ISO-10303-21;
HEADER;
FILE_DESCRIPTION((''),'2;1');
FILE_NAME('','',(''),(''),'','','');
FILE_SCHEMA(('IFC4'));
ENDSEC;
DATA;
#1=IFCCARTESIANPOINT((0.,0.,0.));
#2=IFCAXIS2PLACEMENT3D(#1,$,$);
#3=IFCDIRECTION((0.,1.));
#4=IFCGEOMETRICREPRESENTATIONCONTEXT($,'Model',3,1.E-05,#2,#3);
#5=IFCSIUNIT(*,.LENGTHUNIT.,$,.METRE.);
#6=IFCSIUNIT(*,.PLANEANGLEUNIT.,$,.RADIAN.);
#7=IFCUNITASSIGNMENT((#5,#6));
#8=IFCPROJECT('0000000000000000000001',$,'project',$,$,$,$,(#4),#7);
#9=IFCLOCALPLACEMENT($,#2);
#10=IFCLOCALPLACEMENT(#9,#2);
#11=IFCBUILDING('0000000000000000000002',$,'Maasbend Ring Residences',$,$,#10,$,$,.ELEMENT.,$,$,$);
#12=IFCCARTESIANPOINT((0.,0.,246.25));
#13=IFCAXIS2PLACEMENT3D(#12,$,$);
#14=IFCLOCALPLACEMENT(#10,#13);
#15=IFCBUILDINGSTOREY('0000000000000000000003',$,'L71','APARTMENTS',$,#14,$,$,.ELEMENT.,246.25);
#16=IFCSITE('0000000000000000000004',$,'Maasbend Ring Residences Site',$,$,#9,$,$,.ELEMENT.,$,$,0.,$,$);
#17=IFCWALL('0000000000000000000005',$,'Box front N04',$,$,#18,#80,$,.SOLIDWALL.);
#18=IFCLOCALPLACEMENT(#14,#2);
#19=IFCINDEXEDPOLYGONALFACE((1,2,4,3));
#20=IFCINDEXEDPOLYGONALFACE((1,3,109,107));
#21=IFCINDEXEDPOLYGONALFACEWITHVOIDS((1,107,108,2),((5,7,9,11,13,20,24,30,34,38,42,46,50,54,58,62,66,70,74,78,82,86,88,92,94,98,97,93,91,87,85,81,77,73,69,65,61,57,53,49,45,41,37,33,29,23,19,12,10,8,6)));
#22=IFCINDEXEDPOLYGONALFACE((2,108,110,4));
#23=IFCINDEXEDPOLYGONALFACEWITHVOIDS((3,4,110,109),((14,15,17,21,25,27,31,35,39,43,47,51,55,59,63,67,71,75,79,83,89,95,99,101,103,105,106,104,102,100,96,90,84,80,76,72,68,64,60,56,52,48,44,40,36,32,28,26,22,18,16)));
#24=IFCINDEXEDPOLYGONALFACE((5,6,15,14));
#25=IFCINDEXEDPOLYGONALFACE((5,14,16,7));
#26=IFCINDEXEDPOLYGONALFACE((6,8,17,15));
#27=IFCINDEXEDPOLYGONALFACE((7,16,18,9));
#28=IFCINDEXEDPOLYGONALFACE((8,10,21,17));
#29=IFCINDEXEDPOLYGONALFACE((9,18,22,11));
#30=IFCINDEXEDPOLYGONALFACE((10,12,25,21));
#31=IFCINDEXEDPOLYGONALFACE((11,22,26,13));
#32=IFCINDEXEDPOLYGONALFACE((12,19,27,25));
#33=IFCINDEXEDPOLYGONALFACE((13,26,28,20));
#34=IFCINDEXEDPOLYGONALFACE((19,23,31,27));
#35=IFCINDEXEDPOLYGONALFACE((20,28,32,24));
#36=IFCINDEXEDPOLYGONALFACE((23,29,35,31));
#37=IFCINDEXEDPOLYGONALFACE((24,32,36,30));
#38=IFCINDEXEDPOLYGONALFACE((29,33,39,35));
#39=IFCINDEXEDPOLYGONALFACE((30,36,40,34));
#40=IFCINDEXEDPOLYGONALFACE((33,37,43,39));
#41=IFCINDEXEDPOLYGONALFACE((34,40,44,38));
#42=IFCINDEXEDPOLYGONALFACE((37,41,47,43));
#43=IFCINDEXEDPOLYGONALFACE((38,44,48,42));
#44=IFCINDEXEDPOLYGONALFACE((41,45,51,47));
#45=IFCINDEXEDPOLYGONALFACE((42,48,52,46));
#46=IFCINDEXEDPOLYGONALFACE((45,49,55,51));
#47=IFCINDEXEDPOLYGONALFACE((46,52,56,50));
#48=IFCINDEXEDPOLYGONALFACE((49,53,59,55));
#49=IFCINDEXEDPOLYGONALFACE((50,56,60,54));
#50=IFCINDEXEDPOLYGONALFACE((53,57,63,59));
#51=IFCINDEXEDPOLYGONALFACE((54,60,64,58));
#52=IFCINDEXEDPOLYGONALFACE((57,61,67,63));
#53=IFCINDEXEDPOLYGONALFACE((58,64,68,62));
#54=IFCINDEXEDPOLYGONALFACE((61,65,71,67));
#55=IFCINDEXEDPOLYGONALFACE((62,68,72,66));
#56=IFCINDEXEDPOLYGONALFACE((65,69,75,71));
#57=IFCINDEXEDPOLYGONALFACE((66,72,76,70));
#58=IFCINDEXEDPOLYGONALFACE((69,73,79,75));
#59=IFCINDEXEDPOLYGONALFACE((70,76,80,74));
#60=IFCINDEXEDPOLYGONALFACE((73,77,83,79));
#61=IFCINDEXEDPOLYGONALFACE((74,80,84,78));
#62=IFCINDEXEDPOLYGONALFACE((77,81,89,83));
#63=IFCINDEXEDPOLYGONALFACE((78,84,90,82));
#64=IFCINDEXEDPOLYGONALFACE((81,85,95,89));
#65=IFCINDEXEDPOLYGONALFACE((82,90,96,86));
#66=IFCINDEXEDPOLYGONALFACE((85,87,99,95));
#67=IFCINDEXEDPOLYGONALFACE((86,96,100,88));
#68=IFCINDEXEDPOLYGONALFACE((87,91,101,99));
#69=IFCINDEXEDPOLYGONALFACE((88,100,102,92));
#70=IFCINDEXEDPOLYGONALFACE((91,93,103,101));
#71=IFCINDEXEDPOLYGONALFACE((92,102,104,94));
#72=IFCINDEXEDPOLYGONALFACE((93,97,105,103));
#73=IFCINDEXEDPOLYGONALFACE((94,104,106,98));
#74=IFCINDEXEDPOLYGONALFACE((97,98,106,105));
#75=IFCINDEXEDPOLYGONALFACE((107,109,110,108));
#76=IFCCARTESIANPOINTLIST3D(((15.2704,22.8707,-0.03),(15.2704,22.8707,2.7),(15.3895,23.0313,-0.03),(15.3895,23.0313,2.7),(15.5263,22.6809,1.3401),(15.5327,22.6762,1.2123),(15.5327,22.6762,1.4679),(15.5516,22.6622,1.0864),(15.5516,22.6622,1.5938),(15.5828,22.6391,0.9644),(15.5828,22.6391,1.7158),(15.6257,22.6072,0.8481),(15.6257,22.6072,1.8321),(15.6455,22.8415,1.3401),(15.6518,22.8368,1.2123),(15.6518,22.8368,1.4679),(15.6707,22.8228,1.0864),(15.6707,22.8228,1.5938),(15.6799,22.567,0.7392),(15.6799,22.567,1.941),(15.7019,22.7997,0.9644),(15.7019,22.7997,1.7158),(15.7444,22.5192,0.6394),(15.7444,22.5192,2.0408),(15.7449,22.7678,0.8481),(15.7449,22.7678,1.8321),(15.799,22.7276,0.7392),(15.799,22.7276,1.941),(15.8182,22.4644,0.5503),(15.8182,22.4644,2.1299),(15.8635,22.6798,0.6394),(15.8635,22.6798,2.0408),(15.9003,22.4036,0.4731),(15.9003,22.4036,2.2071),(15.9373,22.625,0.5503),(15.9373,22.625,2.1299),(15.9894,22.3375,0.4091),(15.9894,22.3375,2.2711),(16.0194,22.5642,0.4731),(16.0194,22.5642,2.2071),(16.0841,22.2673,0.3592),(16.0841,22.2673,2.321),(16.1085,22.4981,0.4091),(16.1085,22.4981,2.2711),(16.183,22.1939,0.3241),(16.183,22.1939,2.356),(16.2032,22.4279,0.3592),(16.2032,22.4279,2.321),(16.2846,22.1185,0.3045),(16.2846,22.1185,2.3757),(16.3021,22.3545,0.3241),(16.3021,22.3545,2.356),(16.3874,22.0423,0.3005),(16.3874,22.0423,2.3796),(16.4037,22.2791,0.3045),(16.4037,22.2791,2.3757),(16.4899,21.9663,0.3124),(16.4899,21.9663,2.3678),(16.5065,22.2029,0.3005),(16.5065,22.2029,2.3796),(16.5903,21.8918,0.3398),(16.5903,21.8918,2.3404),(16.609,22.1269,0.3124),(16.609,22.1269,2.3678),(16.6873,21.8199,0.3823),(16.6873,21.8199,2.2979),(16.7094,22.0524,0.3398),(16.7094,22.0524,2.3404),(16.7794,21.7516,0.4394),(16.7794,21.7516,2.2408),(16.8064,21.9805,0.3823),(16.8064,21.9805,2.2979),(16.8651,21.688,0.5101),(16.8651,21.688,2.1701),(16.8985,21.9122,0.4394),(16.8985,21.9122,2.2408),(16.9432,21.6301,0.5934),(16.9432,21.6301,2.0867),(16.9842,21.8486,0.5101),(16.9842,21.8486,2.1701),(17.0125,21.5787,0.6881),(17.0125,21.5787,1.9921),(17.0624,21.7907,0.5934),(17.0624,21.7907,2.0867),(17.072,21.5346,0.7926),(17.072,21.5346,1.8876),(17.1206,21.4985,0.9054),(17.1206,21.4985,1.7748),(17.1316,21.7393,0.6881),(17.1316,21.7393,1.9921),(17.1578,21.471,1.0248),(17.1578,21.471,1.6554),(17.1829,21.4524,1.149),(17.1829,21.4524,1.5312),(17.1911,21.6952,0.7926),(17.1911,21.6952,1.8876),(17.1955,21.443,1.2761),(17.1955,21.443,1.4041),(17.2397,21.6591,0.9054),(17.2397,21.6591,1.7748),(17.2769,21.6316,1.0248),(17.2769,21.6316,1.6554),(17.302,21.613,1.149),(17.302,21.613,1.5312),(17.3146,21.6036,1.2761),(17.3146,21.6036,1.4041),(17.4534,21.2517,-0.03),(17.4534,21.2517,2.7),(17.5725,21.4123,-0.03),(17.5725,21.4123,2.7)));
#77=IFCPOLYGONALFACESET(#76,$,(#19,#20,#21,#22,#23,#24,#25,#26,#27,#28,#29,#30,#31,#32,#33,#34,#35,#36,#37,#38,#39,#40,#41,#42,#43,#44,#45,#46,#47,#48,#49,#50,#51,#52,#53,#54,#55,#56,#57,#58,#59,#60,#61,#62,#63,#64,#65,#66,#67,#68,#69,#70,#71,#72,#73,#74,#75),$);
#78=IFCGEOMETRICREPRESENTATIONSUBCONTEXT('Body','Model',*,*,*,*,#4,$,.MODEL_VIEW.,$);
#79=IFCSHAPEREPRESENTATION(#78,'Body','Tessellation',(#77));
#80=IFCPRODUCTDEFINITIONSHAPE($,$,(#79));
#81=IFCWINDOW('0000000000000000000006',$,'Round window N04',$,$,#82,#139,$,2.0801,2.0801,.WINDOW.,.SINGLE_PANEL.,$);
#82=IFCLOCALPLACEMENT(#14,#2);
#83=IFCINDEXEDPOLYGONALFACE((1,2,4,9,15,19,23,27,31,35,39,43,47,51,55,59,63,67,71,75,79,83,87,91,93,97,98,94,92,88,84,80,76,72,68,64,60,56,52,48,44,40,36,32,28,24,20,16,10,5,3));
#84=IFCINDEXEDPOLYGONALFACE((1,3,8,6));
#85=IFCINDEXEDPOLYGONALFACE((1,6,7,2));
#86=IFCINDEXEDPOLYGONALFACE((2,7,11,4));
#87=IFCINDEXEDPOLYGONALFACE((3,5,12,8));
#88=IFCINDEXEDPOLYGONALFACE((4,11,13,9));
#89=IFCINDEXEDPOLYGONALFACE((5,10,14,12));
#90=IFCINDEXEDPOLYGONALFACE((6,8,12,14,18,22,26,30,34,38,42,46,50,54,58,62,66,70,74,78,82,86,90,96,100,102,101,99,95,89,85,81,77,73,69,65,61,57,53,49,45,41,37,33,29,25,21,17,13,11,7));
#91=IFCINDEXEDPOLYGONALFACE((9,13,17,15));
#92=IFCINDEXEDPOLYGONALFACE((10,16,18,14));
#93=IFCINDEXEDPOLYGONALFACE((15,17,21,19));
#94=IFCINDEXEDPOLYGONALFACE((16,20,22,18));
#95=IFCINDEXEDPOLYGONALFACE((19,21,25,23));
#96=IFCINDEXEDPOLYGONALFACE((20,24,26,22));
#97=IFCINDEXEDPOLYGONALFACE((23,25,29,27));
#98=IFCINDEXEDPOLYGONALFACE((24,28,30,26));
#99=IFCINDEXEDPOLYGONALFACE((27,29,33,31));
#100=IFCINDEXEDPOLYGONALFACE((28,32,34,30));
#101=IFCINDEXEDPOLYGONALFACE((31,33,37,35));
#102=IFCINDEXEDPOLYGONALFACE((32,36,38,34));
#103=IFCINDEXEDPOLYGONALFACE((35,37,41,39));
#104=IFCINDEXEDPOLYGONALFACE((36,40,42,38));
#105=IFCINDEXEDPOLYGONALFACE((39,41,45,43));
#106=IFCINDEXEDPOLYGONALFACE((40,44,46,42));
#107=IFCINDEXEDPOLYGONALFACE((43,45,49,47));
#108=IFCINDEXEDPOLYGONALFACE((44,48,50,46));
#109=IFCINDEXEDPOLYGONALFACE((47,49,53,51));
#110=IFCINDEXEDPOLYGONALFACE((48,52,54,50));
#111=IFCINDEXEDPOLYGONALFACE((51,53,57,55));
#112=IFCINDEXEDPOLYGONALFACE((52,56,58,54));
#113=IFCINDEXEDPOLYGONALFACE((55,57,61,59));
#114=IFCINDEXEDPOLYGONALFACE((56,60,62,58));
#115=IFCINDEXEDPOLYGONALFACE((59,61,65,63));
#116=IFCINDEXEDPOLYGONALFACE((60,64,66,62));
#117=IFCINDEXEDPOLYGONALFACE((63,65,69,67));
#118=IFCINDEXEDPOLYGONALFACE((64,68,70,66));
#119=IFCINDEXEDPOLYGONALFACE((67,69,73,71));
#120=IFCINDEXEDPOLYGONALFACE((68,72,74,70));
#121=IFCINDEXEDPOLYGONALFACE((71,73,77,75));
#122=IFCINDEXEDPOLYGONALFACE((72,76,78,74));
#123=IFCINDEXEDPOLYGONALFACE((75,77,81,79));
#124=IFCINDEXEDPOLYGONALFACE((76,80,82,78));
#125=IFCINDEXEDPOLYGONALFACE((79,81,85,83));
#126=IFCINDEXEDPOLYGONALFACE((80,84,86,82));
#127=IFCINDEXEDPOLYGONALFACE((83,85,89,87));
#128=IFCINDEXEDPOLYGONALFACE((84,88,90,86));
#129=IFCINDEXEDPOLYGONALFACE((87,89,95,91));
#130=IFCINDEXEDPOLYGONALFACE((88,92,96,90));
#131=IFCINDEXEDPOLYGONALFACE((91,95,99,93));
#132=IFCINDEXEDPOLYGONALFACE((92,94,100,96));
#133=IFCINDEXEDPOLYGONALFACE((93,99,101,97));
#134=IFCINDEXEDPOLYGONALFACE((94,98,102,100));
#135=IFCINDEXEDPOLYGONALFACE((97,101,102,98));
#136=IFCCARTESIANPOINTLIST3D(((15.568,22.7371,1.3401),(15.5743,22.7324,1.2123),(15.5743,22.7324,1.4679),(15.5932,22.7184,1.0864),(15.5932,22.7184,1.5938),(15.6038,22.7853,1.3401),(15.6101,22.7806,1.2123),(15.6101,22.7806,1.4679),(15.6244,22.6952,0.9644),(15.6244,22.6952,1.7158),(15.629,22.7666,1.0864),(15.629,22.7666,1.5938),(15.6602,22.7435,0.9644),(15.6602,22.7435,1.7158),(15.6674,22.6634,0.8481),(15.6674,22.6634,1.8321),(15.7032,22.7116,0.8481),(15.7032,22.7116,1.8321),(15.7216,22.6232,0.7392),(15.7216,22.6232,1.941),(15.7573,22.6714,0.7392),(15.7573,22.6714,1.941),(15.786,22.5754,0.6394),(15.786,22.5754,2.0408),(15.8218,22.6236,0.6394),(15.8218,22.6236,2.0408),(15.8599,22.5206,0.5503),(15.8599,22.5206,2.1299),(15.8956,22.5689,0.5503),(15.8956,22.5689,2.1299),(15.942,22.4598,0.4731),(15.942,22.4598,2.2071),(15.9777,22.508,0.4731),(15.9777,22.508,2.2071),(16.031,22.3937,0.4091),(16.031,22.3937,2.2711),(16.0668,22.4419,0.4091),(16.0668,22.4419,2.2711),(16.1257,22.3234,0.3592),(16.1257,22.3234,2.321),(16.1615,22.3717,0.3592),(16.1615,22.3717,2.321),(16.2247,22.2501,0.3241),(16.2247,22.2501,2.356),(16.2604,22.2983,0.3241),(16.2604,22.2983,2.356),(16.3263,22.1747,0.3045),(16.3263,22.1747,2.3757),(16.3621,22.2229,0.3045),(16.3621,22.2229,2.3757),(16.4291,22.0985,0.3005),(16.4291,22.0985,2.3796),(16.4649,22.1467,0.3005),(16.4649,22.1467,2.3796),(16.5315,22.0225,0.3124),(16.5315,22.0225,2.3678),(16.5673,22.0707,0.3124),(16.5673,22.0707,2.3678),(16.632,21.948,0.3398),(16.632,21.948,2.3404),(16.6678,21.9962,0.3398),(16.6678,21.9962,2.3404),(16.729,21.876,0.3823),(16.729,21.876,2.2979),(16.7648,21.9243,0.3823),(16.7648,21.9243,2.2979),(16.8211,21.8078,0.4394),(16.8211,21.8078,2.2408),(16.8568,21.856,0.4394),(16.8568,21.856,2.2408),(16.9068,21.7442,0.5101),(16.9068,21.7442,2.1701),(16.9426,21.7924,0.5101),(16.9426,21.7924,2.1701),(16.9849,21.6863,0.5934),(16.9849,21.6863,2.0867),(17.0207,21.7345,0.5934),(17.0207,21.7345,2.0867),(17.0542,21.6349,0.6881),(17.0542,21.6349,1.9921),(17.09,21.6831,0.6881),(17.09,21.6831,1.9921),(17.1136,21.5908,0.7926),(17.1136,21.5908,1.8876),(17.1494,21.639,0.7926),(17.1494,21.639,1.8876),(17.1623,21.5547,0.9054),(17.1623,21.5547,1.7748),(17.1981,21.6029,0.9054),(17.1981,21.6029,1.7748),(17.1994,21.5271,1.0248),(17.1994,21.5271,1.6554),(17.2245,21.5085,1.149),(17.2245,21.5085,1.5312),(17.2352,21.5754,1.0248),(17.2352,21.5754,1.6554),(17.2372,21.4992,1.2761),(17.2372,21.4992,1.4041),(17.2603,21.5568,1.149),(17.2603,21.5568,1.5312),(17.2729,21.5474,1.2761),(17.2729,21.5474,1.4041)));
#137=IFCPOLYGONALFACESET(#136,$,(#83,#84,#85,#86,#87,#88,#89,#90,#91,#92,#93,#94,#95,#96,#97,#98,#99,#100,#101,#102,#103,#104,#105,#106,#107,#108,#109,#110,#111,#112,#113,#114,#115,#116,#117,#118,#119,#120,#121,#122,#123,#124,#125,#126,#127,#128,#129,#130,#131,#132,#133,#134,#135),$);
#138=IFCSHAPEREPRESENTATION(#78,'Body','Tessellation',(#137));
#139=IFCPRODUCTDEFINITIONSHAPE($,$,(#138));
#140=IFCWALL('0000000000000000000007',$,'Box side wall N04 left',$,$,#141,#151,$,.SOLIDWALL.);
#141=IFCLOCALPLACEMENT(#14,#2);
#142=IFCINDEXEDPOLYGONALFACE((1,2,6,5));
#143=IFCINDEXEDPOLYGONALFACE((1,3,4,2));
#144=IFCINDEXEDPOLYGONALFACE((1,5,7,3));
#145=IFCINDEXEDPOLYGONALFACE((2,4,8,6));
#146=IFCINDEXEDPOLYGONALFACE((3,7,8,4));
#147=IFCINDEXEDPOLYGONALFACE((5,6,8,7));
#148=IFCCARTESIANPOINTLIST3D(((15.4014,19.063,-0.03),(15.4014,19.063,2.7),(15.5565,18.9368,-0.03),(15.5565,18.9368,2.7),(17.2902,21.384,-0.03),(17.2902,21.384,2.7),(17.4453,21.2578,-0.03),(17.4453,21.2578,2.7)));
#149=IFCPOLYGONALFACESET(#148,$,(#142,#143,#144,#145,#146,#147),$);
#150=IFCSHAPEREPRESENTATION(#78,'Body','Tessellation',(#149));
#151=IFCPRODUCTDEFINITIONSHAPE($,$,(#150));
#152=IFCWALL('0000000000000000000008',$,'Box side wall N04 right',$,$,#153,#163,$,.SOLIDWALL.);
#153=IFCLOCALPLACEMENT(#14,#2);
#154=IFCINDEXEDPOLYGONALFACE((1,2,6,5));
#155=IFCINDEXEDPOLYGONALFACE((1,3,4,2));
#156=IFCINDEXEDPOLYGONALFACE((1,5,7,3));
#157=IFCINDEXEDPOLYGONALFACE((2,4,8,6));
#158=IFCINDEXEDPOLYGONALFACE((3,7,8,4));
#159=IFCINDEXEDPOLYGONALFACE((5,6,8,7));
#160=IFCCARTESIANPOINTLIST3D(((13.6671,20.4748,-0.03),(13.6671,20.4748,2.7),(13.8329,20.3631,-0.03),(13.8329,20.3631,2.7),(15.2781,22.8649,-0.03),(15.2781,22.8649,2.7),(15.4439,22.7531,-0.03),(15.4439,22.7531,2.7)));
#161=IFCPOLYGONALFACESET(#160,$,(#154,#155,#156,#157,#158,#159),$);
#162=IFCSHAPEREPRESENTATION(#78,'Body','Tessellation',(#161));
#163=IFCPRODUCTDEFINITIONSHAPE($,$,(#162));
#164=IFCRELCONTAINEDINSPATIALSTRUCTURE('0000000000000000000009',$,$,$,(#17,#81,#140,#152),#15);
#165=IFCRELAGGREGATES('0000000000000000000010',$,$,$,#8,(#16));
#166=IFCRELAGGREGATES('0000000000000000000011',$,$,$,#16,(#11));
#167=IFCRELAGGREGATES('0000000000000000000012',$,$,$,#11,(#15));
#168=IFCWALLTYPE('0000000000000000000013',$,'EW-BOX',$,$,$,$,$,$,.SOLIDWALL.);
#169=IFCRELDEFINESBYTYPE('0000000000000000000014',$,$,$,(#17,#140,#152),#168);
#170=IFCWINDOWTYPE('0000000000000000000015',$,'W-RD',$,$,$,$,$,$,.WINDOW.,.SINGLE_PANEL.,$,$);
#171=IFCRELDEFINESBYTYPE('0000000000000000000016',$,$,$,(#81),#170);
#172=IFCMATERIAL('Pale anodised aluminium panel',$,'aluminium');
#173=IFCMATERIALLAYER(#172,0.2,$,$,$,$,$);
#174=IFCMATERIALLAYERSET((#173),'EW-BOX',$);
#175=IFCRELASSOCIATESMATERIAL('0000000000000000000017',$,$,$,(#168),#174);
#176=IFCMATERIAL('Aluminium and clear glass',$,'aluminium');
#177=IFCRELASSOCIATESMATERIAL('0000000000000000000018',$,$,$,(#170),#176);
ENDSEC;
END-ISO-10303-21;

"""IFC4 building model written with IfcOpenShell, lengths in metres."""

from ifc_helpers import new_model, si_unit, direction, frame, frame_2d, origin, place, context, subcontext, project, spatial, rectangle, circle, extrude, material, layer, layer_set, type_object, element, fill, save


model = new_model("IFC4")

# Units and contexts
model_context = context("Model", 3, precision=1e-05, world=origin(), true_north=direction((0.0, 1.0)))
body_context = subcontext(model_context, "Body", "Model", "MODEL_VIEW")
ifc_project = project(units=[si_unit("LENGTHUNIT", "METRE"), si_unit("PLANEANGLEUNIT", "RADIAN")], contexts=[model_context])

# Site, building, storey
site_placement = place(None, origin())
site = spatial("IfcSite", under=ifc_project, at=site_placement, Name="Maasbend Ring Residences Site", CompositionType="ELEMENT", RefElevation=0.0)
building_placement = place(site_placement, origin())
building = spatial("IfcBuilding", under=site, at=building_placement, Name="Maasbend Ring Residences", CompositionType="ELEMENT")
storey_placement = place(building_placement, frame((0.0, 0.0, 246.25)))
storey = spatial("IfcBuildingStorey", under=building, at=storey_placement, Name="L71", Description="APARTMENTS", CompositionType="ELEMENT", Elevation=246.25)

# Shared definitions
ifc_material_1 = material(Name="Pale anodised aluminium panel", Category="aluminium")
ifc_layer_1 = layer(ifc_material_1, 0.2)
ifc_layer_set_1 = layer_set([ifc_layer_1], Name="EW-BOX")
wall_type_1 = type_object("IfcWallType", Name="EW-BOX", PredefinedType="SOLIDWALL", material=ifc_layer_set_1)
ifc_material_2 = material(Name="Aluminium and clear glass", Category="aluminium")
window_type_1 = type_object("IfcWindowType", Name="W-RD", PartitioningType="SINGLE_PANEL", PredefinedType="WINDOW", material=ifc_material_2)

# Wall, opening, window
wall_1_placement = place(storey_placement, frame((17.5129, 21.332, -0.03), z_axis=(0.0, 0.0, 1.0), x_axis=(-0.803212, 0.595694, 0.0)))
wall_1 = element("IfcWall", 1, at=wall_1_placement, inside=storey, type_object=wall_type_1, Name="Box front N04", PredefinedType="SOLIDWALL", context=body_context, shape_type="SweptSolid", body=[
    extrude(rectangle(XDim=2.7178, YDim=0.2, at=frame_2d((1.3589, 0.0))), origin(), (0.0, 0.0, 1.0), 2.73),
])
opening_1_placement = place(wall_1_placement, frame((0.3191, 0.0, 0.3301)))
opening_1 = element("IfcOpeningElement", 2, at=opening_1_placement, cuts=wall_1, PredefinedType="OPENING", context=body_context, shape_type="SweptSolid", body=[
    extrude(circle(Radius=1.04, at=frame_2d((1.04, 1.04))), frame((0.0, 0.1099, 0.0), z_axis=(0.0, -1.0, 0.0), x_axis=(1.0, 0.0, 0.0)), (0.0, 0.0, 1.0), 0.22),
])
window_1_placement = place(opening_1_placement, origin())
window_1 = element("IfcWindow", 3, at=window_1_placement, inside=storey, type_object=window_type_1, Name="Round window N04", OverallHeight=2.0801, OverallWidth=2.0801, PartitioningType="SINGLE_PANEL", PredefinedType="WINDOW", context=body_context, shape_type="SweptSolid", body=[
    extrude(circle(Radius=1.04, at=frame_2d((1.04, 1.04))), frame((0.0, 0.03, 0.0), z_axis=(0.0, -1.0, 0.0), x_axis=(1.0, 0.0, 0.0)), (0.0, 0.0, 1.0), 0.0601),
])
fill(opening_1, window_1)

# Walls
wall_2_placement = place(storey_placement, frame((15.479, 19.0, -0.03), z_axis=(0.0, 0.0, 1.0), x_axis=(0.63121, 0.775612, 0.0)))
element("IfcWall", 4, at=wall_2_placement, inside=storey, type_object=wall_type_1, Name="Box side wall N04 left", PredefinedType="SOLIDWALL", context=body_context, shape_type="SweptSolid", body=[
    extrude(rectangle(XDim=2.9924, YDim=0.2, at=frame_2d((1.4961, 0.0))), origin(), (0.0, 0.0, 1.0), 2.73),
])
wall_3_placement = place(storey_placement, frame((13.75, 20.4189, -0.03), z_axis=(0.0, 0.0, 1.0), x_axis=(0.558934, 0.829212, 0.0)))
element("IfcWall", 5, at=wall_3_placement, inside=storey, type_object=wall_type_1, Name="Box side wall N04 right", PredefinedType="SOLIDWALL", context=body_context, shape_type="SweptSolid", body=[
    extrude(rectangle(XDim=2.8823, YDim=0.2, at=frame_2d((1.4412, 0.0))), origin(), (0.0, 0.0, 1.0), 2.73),
])

save(model, "model.ifc")
